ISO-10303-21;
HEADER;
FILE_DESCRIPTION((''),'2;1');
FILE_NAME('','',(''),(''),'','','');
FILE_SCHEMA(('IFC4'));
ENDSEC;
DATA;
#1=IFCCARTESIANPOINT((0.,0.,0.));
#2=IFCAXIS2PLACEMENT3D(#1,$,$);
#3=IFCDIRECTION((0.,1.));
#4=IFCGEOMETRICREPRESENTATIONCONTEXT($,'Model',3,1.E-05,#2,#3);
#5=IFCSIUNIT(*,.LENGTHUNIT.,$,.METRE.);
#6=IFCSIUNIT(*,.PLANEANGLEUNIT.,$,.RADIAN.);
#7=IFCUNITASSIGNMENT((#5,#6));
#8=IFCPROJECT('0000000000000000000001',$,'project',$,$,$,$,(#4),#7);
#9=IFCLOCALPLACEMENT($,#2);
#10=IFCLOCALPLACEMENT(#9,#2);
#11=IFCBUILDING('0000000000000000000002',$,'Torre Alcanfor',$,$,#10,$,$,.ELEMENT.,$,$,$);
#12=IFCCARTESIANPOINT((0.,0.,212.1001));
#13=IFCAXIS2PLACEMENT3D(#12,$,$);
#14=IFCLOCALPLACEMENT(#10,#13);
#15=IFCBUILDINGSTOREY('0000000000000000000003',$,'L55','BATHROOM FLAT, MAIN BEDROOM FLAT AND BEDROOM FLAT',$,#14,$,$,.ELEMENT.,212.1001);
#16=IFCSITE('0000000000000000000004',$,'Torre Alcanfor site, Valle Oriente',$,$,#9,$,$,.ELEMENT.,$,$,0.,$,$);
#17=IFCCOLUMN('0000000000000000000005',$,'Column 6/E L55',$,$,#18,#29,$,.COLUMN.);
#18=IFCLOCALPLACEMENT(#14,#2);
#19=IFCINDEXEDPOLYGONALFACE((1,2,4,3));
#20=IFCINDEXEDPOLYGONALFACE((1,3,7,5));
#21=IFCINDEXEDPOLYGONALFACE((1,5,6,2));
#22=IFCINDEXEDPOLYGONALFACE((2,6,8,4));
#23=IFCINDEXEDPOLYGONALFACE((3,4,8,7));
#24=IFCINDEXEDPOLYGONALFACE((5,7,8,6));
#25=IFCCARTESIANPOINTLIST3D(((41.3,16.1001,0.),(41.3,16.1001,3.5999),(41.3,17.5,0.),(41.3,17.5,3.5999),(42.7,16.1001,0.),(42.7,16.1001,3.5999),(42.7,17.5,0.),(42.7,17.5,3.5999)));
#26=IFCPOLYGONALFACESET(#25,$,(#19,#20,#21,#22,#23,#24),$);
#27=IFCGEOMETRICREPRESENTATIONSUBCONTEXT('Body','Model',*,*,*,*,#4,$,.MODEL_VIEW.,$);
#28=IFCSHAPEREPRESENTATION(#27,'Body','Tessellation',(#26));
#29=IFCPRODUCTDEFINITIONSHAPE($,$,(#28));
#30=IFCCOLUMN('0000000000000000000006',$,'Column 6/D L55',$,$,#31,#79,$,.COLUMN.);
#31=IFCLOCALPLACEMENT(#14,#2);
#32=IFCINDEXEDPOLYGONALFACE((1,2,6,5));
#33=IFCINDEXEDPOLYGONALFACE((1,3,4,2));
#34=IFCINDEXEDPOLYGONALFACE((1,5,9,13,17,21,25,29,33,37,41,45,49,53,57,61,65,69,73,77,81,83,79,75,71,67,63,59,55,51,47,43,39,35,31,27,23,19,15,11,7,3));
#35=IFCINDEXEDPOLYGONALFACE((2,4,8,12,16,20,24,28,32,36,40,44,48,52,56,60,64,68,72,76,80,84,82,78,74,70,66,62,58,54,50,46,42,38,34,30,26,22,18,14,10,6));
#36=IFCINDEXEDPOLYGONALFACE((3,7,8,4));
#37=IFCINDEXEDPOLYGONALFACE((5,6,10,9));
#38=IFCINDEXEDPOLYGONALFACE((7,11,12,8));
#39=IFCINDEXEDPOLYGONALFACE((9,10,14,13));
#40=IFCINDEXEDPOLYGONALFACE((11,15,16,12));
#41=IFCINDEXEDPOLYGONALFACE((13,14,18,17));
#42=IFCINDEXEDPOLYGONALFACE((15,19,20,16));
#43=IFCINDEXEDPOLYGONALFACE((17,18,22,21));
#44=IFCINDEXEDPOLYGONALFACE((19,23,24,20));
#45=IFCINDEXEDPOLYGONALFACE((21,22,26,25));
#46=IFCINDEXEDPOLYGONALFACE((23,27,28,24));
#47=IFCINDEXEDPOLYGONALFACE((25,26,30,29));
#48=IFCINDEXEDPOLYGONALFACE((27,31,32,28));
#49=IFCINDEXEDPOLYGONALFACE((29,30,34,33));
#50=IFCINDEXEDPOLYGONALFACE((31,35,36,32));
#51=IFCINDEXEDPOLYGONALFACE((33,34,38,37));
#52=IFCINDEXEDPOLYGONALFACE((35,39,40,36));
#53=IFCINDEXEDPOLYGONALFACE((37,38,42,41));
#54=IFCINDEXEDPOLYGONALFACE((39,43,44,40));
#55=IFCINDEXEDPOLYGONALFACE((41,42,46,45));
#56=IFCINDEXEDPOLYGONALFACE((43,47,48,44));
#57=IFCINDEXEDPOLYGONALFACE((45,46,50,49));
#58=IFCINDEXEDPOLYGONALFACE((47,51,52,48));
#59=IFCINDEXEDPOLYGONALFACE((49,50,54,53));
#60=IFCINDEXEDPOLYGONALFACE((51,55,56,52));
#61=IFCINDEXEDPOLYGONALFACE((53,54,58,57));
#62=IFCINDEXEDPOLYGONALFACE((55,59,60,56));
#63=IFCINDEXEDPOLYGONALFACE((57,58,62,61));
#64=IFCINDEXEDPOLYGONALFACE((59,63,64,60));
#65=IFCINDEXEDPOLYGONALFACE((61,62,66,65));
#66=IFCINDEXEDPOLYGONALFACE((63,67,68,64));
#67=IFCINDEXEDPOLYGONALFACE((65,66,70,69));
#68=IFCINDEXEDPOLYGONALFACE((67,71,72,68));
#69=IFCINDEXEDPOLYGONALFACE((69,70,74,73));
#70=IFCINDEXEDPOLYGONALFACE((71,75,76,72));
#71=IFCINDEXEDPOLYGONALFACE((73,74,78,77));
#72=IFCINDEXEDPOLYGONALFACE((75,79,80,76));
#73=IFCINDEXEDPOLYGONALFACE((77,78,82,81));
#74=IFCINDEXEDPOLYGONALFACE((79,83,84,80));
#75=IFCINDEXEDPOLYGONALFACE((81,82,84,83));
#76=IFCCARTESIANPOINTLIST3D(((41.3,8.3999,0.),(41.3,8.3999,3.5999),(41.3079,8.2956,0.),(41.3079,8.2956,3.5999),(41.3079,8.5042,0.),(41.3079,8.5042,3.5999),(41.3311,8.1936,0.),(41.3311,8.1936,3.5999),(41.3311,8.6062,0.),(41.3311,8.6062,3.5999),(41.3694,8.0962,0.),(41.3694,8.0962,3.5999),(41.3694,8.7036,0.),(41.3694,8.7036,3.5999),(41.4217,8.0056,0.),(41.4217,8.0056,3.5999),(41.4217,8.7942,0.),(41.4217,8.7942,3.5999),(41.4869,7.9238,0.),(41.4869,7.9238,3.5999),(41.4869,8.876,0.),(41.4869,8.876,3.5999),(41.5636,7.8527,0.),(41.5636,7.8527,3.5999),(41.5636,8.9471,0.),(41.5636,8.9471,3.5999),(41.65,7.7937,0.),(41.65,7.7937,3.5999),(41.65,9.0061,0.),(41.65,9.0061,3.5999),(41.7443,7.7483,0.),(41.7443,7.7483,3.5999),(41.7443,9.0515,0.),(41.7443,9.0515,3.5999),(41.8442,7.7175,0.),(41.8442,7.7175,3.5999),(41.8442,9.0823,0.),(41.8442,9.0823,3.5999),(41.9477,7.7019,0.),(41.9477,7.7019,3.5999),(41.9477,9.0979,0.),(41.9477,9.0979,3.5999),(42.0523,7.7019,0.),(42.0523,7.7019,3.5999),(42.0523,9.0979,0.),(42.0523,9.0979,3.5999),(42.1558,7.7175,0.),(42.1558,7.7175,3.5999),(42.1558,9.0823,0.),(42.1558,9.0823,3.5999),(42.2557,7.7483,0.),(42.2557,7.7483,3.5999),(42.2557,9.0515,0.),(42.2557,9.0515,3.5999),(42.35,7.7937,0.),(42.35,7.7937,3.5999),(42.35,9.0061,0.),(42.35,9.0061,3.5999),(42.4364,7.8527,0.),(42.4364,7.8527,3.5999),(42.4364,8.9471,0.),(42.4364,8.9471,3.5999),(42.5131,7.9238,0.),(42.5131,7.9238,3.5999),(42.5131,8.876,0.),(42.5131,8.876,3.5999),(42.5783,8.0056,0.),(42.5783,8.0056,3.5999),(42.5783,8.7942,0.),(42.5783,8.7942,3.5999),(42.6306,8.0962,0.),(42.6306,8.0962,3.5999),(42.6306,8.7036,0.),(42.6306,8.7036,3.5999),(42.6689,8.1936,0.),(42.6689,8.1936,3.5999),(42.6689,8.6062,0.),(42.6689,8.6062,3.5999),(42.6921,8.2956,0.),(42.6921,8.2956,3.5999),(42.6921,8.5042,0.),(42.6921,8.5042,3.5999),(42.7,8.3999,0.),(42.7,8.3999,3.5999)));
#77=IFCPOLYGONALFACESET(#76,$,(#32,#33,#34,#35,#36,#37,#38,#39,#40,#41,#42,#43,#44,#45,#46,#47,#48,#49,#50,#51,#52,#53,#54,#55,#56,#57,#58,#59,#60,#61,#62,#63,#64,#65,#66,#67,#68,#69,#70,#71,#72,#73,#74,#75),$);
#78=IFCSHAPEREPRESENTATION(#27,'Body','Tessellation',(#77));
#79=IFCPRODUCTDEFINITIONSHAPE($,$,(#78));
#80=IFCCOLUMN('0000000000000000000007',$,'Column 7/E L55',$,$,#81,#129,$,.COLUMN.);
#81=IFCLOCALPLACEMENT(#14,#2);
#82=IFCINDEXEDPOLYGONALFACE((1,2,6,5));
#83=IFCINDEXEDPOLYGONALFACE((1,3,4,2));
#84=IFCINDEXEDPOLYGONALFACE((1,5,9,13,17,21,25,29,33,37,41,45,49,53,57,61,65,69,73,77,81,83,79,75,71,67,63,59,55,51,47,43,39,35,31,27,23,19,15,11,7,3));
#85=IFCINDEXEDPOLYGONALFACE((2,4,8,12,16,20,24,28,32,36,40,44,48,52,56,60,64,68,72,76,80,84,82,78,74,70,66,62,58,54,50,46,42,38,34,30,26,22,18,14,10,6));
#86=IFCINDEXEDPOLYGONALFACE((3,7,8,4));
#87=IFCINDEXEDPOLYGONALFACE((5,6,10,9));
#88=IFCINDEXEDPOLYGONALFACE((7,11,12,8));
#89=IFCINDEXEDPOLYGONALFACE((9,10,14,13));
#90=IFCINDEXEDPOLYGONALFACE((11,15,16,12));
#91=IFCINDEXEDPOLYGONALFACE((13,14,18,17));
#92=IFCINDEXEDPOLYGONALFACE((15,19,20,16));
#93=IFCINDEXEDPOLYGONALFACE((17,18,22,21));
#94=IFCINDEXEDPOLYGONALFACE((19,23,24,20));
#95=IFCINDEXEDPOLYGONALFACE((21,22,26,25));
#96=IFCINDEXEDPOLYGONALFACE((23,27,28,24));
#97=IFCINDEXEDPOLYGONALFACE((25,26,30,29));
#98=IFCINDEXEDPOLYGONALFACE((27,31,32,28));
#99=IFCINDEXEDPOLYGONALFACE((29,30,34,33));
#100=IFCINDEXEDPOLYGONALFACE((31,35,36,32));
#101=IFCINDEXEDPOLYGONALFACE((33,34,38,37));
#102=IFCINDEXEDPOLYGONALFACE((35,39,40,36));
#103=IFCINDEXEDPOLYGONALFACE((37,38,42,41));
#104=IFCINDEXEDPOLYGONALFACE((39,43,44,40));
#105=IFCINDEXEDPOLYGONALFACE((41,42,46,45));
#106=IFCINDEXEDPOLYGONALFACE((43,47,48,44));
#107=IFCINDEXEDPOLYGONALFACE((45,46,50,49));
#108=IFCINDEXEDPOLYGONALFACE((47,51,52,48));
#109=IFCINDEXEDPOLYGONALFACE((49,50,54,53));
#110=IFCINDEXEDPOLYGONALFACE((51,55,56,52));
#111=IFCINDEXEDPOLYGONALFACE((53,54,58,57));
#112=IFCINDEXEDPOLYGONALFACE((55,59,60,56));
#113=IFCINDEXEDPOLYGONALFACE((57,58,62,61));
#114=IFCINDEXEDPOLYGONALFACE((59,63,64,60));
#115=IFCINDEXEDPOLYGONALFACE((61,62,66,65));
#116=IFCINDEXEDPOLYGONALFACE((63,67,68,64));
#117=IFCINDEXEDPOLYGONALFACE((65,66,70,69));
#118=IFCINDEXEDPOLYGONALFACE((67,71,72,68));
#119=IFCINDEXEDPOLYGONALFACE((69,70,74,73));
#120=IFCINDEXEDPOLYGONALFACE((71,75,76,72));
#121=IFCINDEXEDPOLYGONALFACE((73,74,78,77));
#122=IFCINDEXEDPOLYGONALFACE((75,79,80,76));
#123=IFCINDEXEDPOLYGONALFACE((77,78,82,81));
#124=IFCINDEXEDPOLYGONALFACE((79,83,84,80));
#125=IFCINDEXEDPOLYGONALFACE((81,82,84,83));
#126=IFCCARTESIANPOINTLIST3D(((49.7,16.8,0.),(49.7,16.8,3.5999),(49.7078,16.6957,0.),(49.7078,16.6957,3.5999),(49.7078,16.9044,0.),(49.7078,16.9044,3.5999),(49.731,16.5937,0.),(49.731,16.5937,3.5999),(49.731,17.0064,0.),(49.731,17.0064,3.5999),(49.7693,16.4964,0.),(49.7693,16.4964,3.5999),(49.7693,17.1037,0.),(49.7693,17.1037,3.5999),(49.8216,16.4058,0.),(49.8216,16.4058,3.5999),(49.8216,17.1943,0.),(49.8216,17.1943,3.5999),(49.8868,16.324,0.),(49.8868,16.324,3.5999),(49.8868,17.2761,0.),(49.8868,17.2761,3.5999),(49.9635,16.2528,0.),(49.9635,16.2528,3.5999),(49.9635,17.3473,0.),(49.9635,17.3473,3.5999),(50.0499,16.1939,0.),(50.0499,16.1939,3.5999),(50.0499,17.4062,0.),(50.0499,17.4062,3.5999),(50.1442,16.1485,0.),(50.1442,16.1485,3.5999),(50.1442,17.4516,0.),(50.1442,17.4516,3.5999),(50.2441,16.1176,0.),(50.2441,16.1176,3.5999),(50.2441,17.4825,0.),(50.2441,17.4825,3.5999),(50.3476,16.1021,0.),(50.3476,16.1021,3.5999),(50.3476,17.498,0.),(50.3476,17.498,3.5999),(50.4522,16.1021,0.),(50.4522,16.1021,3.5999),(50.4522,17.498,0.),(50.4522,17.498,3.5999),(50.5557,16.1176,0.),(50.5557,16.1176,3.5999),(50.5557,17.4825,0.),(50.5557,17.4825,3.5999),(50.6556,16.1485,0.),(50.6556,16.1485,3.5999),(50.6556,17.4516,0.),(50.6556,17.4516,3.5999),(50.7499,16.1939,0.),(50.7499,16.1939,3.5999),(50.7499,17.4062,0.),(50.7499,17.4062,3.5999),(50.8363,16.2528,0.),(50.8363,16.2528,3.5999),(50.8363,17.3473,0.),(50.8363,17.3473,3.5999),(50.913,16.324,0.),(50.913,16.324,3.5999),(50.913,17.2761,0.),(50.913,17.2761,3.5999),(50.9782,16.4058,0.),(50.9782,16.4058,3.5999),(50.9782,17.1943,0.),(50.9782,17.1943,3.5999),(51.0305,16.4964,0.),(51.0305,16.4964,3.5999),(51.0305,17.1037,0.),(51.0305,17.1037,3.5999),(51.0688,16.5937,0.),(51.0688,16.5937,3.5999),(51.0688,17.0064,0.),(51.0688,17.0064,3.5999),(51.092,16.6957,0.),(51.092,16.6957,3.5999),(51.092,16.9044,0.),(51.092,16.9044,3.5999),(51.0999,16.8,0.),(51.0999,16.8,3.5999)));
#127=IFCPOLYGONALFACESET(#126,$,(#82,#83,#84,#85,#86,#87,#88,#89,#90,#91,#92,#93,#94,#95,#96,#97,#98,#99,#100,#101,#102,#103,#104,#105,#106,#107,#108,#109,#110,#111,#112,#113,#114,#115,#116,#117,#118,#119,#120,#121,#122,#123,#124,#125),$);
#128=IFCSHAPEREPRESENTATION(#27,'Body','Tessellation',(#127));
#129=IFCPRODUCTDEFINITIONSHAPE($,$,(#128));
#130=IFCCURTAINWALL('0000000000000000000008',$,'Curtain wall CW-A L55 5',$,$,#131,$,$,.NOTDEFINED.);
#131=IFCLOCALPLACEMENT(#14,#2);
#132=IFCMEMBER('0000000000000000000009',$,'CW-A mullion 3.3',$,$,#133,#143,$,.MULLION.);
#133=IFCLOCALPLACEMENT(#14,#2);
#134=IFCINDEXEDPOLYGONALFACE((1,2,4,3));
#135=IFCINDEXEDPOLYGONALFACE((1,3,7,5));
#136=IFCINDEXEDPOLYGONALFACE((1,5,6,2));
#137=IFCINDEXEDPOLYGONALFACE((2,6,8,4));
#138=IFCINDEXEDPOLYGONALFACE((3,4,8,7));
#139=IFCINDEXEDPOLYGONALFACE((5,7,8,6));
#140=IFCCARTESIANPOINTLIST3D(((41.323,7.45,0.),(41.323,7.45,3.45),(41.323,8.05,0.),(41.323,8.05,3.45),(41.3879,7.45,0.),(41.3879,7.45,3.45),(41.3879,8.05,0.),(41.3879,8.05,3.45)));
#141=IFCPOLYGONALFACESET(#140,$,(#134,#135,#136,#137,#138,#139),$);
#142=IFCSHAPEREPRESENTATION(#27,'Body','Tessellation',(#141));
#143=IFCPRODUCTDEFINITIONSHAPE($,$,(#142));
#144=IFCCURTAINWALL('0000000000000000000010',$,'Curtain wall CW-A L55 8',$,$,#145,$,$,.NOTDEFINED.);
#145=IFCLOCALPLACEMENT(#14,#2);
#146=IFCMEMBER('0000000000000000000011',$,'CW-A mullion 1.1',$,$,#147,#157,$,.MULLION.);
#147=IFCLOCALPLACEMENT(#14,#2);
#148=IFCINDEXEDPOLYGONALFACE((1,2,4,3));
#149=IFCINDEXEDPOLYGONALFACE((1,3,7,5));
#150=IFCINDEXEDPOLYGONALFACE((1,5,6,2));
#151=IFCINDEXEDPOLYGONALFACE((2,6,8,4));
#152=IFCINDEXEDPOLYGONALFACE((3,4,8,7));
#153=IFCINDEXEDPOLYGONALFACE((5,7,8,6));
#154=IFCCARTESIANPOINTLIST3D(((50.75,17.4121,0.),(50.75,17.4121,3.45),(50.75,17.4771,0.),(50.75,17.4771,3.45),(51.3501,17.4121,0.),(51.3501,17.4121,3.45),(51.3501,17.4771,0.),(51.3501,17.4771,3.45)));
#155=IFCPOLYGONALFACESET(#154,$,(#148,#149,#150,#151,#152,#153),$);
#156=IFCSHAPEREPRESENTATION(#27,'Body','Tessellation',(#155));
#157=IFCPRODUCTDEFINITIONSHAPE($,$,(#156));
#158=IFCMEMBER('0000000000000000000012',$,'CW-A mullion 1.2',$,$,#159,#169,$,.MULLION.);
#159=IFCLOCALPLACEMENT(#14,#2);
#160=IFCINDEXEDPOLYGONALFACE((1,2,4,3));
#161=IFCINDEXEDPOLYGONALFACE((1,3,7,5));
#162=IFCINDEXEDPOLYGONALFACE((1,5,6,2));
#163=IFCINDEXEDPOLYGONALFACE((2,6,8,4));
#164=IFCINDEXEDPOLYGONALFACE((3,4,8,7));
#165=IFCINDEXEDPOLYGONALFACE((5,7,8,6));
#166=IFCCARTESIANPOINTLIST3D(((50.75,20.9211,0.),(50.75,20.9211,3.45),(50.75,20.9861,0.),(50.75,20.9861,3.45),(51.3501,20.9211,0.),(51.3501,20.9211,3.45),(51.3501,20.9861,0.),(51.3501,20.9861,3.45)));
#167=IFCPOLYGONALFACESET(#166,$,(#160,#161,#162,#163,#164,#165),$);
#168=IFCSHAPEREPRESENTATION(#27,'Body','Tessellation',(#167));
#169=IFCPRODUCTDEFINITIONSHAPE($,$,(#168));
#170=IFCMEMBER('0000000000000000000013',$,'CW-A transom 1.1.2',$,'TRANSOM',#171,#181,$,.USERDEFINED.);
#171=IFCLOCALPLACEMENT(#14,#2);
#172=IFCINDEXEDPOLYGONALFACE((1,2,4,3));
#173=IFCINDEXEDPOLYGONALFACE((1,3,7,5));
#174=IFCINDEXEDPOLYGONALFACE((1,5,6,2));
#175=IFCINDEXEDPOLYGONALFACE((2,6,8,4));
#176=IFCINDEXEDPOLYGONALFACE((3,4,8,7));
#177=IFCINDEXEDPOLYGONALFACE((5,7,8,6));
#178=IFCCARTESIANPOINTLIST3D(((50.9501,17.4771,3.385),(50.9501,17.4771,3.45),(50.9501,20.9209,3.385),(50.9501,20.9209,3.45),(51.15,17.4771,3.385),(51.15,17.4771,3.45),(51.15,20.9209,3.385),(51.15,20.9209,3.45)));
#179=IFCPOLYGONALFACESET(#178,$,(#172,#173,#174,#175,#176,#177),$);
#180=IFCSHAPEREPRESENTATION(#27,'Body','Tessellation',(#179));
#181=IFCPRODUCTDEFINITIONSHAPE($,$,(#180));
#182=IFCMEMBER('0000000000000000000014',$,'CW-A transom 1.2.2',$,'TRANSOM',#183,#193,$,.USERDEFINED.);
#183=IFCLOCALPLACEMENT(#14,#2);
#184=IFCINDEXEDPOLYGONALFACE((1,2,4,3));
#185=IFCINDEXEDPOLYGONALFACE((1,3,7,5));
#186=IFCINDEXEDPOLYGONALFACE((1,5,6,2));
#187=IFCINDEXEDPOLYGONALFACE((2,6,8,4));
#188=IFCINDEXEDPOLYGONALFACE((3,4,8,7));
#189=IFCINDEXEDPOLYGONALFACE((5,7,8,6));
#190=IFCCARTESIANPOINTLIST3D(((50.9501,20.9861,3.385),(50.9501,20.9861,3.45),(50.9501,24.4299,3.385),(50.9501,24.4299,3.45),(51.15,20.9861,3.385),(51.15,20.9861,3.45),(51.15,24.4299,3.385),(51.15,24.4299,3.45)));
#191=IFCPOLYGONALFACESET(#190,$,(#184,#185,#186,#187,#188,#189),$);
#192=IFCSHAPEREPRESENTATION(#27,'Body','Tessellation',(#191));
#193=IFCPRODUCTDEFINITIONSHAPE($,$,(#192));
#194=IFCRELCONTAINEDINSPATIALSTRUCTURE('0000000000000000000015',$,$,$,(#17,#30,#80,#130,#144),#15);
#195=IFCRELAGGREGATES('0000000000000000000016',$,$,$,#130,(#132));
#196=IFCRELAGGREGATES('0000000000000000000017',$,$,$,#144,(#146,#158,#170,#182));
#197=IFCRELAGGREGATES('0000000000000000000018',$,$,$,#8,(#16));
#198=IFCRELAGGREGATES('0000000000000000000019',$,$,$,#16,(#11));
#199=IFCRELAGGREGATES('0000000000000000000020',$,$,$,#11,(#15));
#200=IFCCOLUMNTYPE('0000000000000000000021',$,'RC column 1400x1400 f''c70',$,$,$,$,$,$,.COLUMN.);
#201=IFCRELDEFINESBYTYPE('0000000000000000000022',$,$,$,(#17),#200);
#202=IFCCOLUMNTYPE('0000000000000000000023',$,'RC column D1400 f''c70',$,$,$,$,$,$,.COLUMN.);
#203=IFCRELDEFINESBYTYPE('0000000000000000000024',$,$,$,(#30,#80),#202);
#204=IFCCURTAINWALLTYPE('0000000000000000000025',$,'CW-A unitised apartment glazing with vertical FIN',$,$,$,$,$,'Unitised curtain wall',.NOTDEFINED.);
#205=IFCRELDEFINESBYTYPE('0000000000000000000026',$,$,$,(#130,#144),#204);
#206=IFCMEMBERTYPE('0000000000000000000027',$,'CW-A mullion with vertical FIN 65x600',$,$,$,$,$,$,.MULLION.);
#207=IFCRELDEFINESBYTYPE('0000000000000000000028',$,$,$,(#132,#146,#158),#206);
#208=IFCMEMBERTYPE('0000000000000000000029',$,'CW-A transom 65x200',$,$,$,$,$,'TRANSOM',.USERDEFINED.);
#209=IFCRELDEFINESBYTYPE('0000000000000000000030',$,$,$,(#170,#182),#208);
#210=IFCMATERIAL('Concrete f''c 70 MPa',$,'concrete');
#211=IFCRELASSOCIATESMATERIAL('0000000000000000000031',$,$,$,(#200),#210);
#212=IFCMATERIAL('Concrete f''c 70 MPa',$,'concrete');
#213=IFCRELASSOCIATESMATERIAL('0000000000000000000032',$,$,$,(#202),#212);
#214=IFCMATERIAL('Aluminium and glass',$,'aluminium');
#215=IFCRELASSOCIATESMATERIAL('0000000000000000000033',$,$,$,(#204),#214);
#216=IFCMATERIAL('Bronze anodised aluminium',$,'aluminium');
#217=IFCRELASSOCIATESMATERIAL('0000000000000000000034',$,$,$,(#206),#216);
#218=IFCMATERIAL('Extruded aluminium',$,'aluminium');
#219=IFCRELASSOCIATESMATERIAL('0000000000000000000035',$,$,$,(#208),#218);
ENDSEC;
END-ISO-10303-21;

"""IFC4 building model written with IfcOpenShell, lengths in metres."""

from ifc_helpers import new_model, si_unit, direction, frame, origin, origin_2d, place, context, subcontext, project, spatial, rectangle, circle, extrude, material, material_profile, profile_set, type_object, element, aggregate, save


model = new_model("IFC4")

# Units and contexts
model_context = context("Model", 3, precision=1e-05, world=origin(), true_north=direction((0.0, 1.0)))
body_context = subcontext(model_context, "Body", "Model", "MODEL_VIEW")
ifc_project = project(units=[si_unit("LENGTHUNIT", "METRE"), si_unit("PLANEANGLEUNIT", "RADIAN")], contexts=[model_context])

# Site, building, storey
site_placement = place(None, origin())
site = spatial("IfcSite", under=ifc_project, at=site_placement, Name="Torre Alcanfor site, Valle Oriente", CompositionType="ELEMENT", RefElevation=0.0)
building_placement = place(site_placement, origin())
building = spatial("IfcBuilding", under=site, at=building_placement, Name="Torre Alcanfor", CompositionType="ELEMENT")
storey_placement = place(building_placement, frame((0.0, 0.0, 212.1001)))
storey = spatial("IfcBuildingStorey", under=building, at=storey_placement, Name="L55", Description="BATHROOM FLAT, MAIN BEDROOM FLAT AND BEDROOM FLAT", CompositionType="ELEMENT", Elevation=212.1001)

# Columns
ifc_material_1 = material(Name="Concrete f'c 70 MPa", Category="concrete")
ifc_material_profile_1 = material_profile(ifc_material_1, rectangle(XDim=1.3999, YDim=1.3999, at=origin_2d()), Name="1400x1400")
ifc_profile_set_1 = profile_set([ifc_material_profile_1], Name="Concrete f'c 70 MPa")
column_type_1 = type_object("IfcColumnType", Name="RC column 1400x1400 f'c70", PredefinedType="COLUMN", material=ifc_profile_set_1)
column_placement = place(storey_placement, frame((42.0, 16.8, 0.0), z_axis=(0.0, 0.0, 1.0), x_axis=(1.0, 0.0, 0.0)))
element("IfcColumn", 1, at=column_placement, inside=storey, type_object=column_type_1, Name="Column 6/E L55", PredefinedType="COLUMN", context=body_context, shape_type="SweptSolid", body=[
    extrude(rectangle(XDim=1.3999, YDim=1.3999, at=origin_2d()), origin(), (0.0, 0.0, 1.0), 3.5999),
])
ifc_material_2 = material(Name="Concrete f'c 70 MPa", Category="concrete")
ifc_material_profile_2 = material_profile(ifc_material_2, circle(Radius=0.7, at=origin_2d()), Name="D1400")
ifc_profile_set_2 = profile_set([ifc_material_profile_2], Name="Concrete f'c 70 MPa")
column_type_2 = type_object("IfcColumnType", Name="RC column D1400 f'c70", PredefinedType="COLUMN", material=ifc_profile_set_2)
for number, where, z_axis, x_axis, name in (
    (2, (42.0, 8.3999, 0.0), (0.0, 0.0, 1.0), (1.0, 0.0, 0.0), "Column 6/D L55"),
    (3, (50.3999, 16.8, 0.0), (0.0, 0.0, 1.0), (1.0, 0.0, 0.0), "Column 7/E L55"),
):
    element("IfcColumn", number, at=place(storey_placement, frame(where, z_axis=z_axis, x_axis=x_axis)), inside=storey, type_object=column_type_2, Name=name, PredefinedType="COLUMN", context=body_context, shape_type="SweptSolid", body=[
        extrude(circle(Radius=0.7, at=origin_2d()), origin(), (0.0, 0.0, 1.0), 3.5999),
    ])

# Curtain wall, member
ifc_material_3 = material(Name="Aluminium and glass", Category="aluminium")
curtain_wall_type = type_object("IfcCurtainWallType", Name="CW-A unitised apartment glazing with vertical FIN", ElementType="Unitised curtain wall", PredefinedType="NOTDEFINED", material=ifc_material_3)
curtain_wall_1_placement = place(storey_placement, origin())
curtain_wall_1 = element("IfcCurtainWall", 4, at=curtain_wall_1_placement, inside=storey, type_object=curtain_wall_type, Name="Curtain wall CW-A L55 5", PredefinedType="NOTDEFINED")
ifc_material_4 = material(Name="Bronze anodised aluminium", Category="aluminium")
ifc_material_profile_3 = material_profile(ifc_material_4, rectangle(XDim=0.6001, YDim=0.0649, at=origin_2d()), Name="CW-A mullion 65x600")
ifc_profile_set_3 = profile_set([ifc_material_profile_3], Name="Bronze anodised aluminium")
member_type_1 = type_object("IfcMemberType", Name="CW-A mullion with vertical FIN 65x600", PredefinedType="MULLION", material=ifc_profile_set_3)
member_1_placement = place(storey_placement, frame((41.3555, 7.75, 0.0), z_axis=(0.0, 0.0, 1.0), x_axis=(0.0, 1.0, 0.0)))
member_1 = element("IfcMember", 5, at=member_1_placement, type_object=member_type_1, Name="CW-A mullion 3.3", PredefinedType="MULLION", context=body_context, shape_type="SweptSolid", body=[
    extrude(rectangle(XDim=0.6001, YDim=0.0649, at=origin_2d()), origin(), (0.0, 0.0, 1.0), 3.45),
])

# Curtain wall, members
curtain_wall_2_placement = place(storey_placement, origin())
curtain_wall_2 = element("IfcCurtainWall", 6, at=curtain_wall_2_placement, inside=storey, type_object=curtain_wall_type, Name="Curtain wall CW-A L55 8", PredefinedType="NOTDEFINED")
member_2_placement = place(storey_placement, frame((51.05, 17.4446, 0.0), z_axis=(0.0, 0.0, 1.0), x_axis=(-1.0, 0.0, 0.0)))
member_2 = element("IfcMember", 7, at=member_2_placement, type_object=member_type_1, Name="CW-A mullion 1.1", PredefinedType="MULLION", context=body_context, shape_type="SweptSolid", body=[
    extrude(rectangle(XDim=0.6001, YDim=0.0649, at=origin_2d()), origin(), (0.0, 0.0, 1.0), 3.45),
])
member_3_placement = place(storey_placement, frame((51.05, 20.9536, 0.0), z_axis=(0.0, 0.0, 1.0), x_axis=(-1.0, 0.0, 0.0)))
member_3 = element("IfcMember", 8, at=member_3_placement, type_object=member_type_1, Name="CW-A mullion 1.2", PredefinedType="MULLION", context=body_context, shape_type="SweptSolid", body=[
    extrude(rectangle(XDim=0.6001, YDim=0.0649, at=origin_2d()), origin(), (0.0, 0.0, 1.0), 3.45),
])
ifc_material_5 = material(Name="Extruded aluminium", Category="aluminium")
ifc_material_profile_4 = material_profile(ifc_material_5, rectangle(XDim=0.2, YDim=0.0649, at=origin_2d()), Name="CW-A transom 200x65")
ifc_profile_set_4 = profile_set([ifc_material_profile_4], Name="Extruded aluminium")
member_type_2 = type_object("IfcMemberType", Name="CW-A transom 65x200", ElementType="TRANSOM", PredefinedType="USERDEFINED", material=ifc_profile_set_4)
member_4_placement = place(storey_placement, frame((51.05, 17.4771, 3.4175), z_axis=(0.0, 1.0, 0.0), x_axis=(-1.0, 0.0, 0.0)))
member_4 = element("IfcMember", 9, at=member_4_placement, type_object=member_type_2, Name="CW-A transom 1.1.2", ObjectType="TRANSOM", PredefinedType="USERDEFINED", context=body_context, shape_type="SweptSolid", body=[
    extrude(rectangle(XDim=0.2, YDim=0.0649, at=origin_2d()), origin(), (0.0, 0.0, 1.0), 3.4438),
])
member_5_placement = place(storey_placement, frame((51.05, 20.9861, 3.4175), z_axis=(0.0, 1.0, 0.0), x_axis=(-1.0, 0.0, 0.0)))
member_5 = element("IfcMember", 10, at=member_5_placement, type_object=member_type_2, Name="CW-A transom 1.2.2", ObjectType="TRANSOM", PredefinedType="USERDEFINED", context=body_context, shape_type="SweptSolid", body=[
    extrude(rectangle(XDim=0.2, YDim=0.0649, at=origin_2d()), origin(), (0.0, 0.0, 1.0), 3.4438),
])

aggregate(curtain_wall_1, [member_1])
aggregate(curtain_wall_2, [member_2, member_3, member_4, member_5])

save(model, "model.ifc")
